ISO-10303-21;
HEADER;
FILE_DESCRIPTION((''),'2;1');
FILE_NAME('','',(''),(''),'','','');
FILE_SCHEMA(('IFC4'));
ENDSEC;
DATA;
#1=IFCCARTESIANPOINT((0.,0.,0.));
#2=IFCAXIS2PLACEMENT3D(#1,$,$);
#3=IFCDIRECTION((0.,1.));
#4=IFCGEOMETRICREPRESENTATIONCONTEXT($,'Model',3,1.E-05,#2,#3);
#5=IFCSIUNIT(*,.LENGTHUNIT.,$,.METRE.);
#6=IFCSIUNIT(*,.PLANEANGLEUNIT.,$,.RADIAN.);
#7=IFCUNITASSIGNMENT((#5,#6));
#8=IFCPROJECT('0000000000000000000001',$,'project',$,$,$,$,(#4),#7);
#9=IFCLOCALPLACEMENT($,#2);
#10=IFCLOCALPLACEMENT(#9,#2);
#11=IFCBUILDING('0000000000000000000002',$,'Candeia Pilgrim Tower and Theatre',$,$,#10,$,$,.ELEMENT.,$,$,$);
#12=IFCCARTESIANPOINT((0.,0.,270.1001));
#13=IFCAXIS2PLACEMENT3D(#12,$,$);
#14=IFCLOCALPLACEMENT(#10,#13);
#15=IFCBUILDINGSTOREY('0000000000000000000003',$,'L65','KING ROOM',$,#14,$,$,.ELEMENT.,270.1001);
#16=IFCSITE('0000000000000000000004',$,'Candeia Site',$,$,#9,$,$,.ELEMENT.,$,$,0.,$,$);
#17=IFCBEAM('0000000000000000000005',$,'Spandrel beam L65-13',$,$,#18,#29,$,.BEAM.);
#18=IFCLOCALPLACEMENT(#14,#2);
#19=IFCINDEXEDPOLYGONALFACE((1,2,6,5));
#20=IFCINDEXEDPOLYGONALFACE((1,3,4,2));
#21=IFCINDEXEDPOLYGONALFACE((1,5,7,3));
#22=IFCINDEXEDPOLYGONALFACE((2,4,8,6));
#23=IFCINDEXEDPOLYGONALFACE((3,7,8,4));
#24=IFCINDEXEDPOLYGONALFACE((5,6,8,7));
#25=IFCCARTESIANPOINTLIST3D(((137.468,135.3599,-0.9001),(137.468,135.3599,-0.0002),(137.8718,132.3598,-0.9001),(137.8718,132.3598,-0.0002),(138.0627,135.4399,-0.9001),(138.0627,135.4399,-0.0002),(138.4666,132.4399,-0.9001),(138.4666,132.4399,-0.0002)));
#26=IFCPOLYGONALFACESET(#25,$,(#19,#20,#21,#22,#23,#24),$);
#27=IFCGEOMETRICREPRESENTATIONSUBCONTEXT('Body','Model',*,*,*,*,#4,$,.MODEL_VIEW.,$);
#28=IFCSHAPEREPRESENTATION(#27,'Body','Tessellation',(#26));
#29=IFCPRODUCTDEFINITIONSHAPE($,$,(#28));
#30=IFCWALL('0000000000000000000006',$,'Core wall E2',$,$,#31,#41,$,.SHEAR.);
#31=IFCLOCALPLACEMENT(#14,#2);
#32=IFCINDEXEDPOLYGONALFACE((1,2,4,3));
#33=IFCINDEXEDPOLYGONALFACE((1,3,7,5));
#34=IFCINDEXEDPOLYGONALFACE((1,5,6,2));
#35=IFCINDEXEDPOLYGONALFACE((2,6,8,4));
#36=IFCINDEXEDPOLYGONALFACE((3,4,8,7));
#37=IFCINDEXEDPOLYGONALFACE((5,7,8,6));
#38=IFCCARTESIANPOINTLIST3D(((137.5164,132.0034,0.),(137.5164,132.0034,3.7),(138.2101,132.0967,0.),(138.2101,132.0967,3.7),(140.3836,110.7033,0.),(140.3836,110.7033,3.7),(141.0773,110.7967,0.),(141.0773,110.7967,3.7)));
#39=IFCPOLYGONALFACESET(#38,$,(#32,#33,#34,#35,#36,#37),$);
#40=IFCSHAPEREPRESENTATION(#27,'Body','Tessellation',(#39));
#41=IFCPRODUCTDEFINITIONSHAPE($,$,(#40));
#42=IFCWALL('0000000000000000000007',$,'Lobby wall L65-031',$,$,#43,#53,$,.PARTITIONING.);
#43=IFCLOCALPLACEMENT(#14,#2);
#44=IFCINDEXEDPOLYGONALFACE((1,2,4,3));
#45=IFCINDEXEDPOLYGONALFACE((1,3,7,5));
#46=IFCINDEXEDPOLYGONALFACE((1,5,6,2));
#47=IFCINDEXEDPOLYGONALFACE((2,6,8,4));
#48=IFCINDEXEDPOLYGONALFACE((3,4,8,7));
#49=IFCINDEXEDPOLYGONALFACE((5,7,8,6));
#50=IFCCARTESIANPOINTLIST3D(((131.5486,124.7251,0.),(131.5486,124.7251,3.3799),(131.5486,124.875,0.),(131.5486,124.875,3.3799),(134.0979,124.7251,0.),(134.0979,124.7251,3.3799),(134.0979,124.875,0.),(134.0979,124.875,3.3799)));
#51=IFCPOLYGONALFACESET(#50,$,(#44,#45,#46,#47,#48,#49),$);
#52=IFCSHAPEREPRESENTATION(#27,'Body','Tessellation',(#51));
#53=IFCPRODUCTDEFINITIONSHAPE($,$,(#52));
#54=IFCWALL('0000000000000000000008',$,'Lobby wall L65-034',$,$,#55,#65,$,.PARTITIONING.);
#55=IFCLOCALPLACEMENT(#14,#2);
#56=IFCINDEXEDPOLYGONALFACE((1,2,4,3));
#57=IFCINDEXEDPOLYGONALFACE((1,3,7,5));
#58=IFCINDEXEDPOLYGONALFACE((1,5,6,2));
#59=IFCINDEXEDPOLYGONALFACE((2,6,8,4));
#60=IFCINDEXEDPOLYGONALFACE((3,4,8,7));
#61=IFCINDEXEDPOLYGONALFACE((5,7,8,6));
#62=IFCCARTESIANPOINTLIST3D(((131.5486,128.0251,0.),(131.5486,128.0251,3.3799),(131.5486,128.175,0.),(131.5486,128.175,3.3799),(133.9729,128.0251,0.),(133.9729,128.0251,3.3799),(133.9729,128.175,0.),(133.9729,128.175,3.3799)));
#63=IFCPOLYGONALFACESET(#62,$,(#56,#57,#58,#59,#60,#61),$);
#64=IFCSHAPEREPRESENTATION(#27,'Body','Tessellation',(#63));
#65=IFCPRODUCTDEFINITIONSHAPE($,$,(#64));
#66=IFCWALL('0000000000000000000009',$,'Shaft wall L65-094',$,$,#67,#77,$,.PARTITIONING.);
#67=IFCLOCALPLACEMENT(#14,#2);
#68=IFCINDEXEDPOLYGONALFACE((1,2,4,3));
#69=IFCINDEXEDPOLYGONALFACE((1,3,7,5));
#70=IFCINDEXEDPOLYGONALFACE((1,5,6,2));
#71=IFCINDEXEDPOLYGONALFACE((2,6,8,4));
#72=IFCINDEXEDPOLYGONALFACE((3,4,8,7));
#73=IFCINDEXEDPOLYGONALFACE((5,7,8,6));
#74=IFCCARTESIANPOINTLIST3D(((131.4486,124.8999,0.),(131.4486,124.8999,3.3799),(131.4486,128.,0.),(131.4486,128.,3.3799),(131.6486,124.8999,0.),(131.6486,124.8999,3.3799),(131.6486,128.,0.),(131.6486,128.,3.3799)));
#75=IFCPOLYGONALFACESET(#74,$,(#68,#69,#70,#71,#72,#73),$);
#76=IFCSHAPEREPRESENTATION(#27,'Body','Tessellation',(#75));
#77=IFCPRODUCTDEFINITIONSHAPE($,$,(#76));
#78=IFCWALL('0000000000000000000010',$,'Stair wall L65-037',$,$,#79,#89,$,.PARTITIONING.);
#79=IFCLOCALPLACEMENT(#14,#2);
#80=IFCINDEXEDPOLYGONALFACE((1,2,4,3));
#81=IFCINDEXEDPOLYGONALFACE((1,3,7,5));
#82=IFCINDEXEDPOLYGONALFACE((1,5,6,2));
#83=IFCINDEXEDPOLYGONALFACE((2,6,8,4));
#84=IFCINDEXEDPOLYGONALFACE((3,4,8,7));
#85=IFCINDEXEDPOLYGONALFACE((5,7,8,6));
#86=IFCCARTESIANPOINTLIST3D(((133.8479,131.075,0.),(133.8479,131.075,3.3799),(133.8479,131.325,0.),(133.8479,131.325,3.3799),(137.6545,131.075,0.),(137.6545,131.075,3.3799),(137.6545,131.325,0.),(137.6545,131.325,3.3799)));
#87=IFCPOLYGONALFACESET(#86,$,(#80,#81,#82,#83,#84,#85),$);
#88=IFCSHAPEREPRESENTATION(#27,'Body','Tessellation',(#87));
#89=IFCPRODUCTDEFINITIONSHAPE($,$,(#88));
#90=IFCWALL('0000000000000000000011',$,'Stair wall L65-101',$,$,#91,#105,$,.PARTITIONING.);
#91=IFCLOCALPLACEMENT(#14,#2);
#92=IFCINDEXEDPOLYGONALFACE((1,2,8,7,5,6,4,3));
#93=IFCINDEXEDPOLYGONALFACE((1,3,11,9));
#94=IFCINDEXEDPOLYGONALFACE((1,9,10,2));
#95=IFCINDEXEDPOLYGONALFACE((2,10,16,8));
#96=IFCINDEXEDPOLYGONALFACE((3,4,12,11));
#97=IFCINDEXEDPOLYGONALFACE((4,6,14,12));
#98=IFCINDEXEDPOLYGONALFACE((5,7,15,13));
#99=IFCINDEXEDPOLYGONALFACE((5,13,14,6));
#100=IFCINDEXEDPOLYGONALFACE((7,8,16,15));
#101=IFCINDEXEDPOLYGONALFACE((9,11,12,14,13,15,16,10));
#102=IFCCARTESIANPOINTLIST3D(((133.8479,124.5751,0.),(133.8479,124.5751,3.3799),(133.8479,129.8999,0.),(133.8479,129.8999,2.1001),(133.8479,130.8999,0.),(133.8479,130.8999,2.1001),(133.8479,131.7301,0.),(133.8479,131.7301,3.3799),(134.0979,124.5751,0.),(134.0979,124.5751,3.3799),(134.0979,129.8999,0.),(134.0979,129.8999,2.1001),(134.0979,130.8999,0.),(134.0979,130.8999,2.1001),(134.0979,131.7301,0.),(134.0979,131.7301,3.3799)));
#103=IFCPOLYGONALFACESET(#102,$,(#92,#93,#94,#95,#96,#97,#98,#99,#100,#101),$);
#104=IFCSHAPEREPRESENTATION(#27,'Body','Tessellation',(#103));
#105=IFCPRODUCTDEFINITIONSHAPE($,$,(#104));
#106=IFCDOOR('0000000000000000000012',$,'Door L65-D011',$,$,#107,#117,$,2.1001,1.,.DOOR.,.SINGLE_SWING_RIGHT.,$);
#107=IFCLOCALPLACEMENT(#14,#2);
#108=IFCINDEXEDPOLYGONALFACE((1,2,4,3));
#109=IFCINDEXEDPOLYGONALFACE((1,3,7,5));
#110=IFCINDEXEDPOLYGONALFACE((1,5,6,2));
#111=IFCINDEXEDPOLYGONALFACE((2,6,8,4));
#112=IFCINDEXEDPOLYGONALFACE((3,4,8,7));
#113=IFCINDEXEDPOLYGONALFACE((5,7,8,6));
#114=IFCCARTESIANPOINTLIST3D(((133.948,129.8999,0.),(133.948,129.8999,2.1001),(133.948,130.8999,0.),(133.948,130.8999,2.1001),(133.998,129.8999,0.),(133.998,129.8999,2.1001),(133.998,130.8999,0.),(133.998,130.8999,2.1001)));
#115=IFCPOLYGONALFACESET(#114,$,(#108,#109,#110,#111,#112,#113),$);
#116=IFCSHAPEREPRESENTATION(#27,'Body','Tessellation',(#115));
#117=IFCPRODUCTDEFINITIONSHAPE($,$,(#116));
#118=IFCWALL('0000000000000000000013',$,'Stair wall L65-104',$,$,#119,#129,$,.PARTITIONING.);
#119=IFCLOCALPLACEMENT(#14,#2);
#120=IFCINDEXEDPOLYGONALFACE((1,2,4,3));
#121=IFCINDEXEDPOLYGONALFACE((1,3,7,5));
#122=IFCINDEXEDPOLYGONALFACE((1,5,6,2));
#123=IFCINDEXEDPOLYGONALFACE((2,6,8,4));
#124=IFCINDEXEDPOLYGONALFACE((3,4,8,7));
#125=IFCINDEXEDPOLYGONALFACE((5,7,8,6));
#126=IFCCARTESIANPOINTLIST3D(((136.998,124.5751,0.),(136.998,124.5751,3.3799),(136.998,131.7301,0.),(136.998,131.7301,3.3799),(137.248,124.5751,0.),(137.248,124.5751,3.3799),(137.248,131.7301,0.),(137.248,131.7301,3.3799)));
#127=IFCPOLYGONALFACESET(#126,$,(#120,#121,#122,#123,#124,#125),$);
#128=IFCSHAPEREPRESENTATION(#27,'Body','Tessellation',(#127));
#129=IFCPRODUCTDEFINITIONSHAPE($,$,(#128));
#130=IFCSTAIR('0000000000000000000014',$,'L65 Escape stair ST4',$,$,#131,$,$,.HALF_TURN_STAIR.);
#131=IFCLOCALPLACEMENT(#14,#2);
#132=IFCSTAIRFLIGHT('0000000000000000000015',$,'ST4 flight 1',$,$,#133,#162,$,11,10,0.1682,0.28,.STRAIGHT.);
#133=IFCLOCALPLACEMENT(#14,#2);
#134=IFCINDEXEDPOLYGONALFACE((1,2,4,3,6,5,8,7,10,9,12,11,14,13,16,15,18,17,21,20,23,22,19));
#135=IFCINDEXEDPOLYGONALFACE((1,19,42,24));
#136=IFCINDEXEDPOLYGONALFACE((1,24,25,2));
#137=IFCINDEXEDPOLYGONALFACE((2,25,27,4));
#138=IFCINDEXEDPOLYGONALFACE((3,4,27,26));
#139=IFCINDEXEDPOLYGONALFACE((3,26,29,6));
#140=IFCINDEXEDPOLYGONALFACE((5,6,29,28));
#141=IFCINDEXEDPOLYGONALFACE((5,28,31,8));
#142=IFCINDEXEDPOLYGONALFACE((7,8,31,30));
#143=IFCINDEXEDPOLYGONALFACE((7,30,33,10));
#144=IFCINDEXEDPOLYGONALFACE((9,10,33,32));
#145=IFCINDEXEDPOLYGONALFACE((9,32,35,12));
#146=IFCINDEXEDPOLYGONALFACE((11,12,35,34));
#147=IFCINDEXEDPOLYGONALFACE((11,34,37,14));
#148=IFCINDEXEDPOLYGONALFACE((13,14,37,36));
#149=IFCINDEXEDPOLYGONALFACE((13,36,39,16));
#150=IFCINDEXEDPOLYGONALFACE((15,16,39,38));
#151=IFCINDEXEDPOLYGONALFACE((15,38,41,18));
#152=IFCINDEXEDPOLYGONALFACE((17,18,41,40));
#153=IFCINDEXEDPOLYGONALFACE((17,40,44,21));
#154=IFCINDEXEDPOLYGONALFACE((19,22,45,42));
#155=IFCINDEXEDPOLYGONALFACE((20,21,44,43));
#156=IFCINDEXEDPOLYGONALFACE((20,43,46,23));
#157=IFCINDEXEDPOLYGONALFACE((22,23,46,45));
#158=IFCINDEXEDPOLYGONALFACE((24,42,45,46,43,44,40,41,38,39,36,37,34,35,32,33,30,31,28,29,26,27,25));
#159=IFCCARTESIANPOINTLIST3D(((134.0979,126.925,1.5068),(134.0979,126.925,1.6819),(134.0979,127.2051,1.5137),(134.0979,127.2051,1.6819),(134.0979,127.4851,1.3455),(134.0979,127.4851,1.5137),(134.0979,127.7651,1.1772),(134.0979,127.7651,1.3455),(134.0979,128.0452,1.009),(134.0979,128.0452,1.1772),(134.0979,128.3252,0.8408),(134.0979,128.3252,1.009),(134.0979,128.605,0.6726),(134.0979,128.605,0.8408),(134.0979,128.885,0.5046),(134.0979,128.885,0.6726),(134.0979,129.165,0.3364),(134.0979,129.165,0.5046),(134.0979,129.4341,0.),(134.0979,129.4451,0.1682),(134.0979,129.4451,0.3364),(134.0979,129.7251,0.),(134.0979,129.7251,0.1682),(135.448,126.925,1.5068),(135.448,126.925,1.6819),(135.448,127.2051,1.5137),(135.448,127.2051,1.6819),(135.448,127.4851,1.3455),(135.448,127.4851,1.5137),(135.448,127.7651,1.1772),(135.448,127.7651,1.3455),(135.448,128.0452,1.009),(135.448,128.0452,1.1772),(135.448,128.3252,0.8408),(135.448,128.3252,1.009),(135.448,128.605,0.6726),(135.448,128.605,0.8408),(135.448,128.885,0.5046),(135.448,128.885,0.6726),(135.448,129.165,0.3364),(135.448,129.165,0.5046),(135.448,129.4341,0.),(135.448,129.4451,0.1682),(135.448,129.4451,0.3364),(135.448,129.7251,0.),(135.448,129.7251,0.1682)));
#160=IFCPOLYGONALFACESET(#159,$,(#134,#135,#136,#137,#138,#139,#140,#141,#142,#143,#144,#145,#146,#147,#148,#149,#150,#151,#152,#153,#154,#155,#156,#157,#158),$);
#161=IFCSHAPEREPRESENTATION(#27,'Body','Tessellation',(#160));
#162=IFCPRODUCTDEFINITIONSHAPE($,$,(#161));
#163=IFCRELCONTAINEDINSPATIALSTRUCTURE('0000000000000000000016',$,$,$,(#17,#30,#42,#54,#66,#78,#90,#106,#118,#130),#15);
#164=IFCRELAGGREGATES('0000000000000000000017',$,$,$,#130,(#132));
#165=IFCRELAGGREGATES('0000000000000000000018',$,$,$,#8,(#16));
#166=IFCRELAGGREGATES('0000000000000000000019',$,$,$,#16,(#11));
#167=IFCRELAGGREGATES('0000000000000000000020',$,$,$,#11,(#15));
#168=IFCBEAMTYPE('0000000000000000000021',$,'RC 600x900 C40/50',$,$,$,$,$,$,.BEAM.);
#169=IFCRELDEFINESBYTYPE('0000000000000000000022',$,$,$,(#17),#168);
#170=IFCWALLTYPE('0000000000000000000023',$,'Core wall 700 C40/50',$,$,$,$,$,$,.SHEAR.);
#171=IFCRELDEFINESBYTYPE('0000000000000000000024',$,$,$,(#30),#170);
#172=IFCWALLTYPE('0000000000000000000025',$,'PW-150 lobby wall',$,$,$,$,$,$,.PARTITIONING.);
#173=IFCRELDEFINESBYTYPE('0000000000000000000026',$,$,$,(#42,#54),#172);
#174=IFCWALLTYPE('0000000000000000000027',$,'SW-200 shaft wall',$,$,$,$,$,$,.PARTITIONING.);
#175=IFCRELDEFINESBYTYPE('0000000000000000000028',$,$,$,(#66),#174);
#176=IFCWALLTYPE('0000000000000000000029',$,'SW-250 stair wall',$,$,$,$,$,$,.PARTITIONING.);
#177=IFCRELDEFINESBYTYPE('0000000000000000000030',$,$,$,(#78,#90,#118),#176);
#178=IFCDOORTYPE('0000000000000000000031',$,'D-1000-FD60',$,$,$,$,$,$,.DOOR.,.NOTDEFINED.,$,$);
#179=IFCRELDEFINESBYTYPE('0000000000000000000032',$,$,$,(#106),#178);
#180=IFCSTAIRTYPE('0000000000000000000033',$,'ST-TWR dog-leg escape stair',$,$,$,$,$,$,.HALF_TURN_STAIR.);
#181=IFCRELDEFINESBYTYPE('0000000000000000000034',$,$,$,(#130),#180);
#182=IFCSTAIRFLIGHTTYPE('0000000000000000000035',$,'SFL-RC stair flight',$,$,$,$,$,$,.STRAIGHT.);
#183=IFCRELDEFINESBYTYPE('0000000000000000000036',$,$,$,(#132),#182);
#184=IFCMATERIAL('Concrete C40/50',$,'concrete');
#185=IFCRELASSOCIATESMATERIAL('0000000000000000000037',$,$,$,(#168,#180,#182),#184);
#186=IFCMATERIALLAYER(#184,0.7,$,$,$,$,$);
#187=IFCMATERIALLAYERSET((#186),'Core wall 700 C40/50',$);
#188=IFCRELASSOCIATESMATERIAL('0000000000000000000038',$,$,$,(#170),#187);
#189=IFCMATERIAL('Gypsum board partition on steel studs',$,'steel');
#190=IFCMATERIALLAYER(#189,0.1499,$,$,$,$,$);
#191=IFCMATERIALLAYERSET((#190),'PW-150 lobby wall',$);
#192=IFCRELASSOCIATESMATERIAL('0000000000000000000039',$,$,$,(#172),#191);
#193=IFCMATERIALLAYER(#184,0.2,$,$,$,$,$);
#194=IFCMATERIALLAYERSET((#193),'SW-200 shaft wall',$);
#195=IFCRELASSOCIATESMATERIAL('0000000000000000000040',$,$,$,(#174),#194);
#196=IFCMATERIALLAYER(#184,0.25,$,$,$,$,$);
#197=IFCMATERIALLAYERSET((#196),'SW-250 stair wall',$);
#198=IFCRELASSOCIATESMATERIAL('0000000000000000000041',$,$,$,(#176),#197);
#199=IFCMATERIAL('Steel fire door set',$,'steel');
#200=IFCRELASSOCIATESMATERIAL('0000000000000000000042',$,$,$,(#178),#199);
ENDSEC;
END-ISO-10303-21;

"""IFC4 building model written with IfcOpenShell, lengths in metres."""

from ifc_helpers import new_model, si_unit, direction, frame, frame_2d, origin, origin_2d, place, context, subcontext, project, spatial, polyline, rectangle, outline, extrude, material, layer, layer_set, material_profile, profile_set, type_object, element, fill, aggregate, save


model = new_model("IFC4")

# Units and contexts
model_context = context("Model", 3, precision=1e-05, world=origin(), true_north=direction((0.0, 1.0)))
body_context = subcontext(model_context, "Body", "Model", "MODEL_VIEW")
ifc_project = project(units=[si_unit("LENGTHUNIT", "METRE"), si_unit("PLANEANGLEUNIT", "RADIAN")], contexts=[model_context])

# Site, building, storey
site_placement = place(None, origin())
site = spatial("IfcSite", under=ifc_project, at=site_placement, Name="Candeia Site", CompositionType="ELEMENT", RefElevation=0.0)
building_placement = place(site_placement, origin())
building = spatial("IfcBuilding", under=site, at=building_placement, Name="Candeia Pilgrim Tower and Theatre", CompositionType="ELEMENT")
storey_placement = place(building_placement, frame((0.0, 0.0, 270.1001)))
storey = spatial("IfcBuildingStorey", under=building, at=storey_placement, Name="L65", Description="KING ROOM", CompositionType="ELEMENT", Elevation=270.1001)

# Beam
ifc_material_1 = material(Name="Concrete C40/50", Category="concrete")
ifc_material_profile = material_profile(ifc_material_1, rectangle(XDim=0.6001, YDim=0.8999, at=origin_2d()))
ifc_profile_set = profile_set([ifc_material_profile], Name="Concrete C40/50")
beam_type = type_object("IfcBeamType", Name="RC 600x900 C40/50", PredefinedType="BEAM", material=ifc_profile_set)
beam_placement = place(storey_placement, frame((137.7654, 135.3999, -0.4502), z_axis=(0.1334, -0.991062, 0.0), x_axis=(0.991062, 0.1334, 0.0)))
element("IfcBeam", 1, at=beam_placement, inside=storey, type_object=beam_type, Name="Spandrel beam L65-13", PredefinedType="BEAM", context=body_context, shape_type="SweptSolid", body=[
    extrude(rectangle(XDim=0.6001, YDim=0.8999, at=origin_2d()), origin(), (0.0, 0.0, 1.0), 3.0271),
])

# Wall
ifc_layer_1 = layer(ifc_material_1, 0.7)
ifc_layer_set_1 = layer_set([ifc_layer_1], Name="Core wall 700 C40/50")
wall_type_1 = type_object("IfcWallType", Name="Core wall 700 C40/50", PredefinedType="SHEAR", material=ifc_layer_set_1)
wall_1_placement = place(storey_placement, frame((137.8633, 132.05, 0.0), z_axis=(0.0, 0.0, 1.0), x_axis=(0.133406, -0.991061, 0.0)))
element("IfcWall", 2, at=wall_1_placement, inside=storey, type_object=wall_type_1, Name="Core wall E2", PredefinedType="SHEAR", context=body_context, shape_type="SweptSolid", body=[
    extrude(rectangle(XDim=21.4922, YDim=0.7, at=frame_2d((10.7461, 0.0))), origin(), (0.0, 0.0, 1.0), 3.7),
])

# Walls
ifc_material_2 = material(Name="Gypsum board partition on steel studs", Category="steel")
ifc_layer_2 = layer(ifc_material_2, 0.1499)
ifc_layer_set_2 = layer_set([ifc_layer_2], Name="PW-150 lobby wall")
wall_type_2 = type_object("IfcWallType", Name="PW-150 lobby wall", PredefinedType="PARTITIONING", material=ifc_layer_set_2)
wall_2_placement = place(storey_placement, frame((131.5486, 124.8, 0.0), z_axis=(0.0, 0.0, 1.0), x_axis=(1.0, 0.0, 0.0)))
element("IfcWall", 3, at=wall_2_placement, inside=storey, type_object=wall_type_2, Name="Lobby wall L65-031", PredefinedType="PARTITIONING", context=body_context, shape_type="SweptSolid", body=[
    extrude(rectangle(XDim=2.5493, YDim=0.1499, at=frame_2d((1.2747, 0.0))), origin(), (0.0, 0.0, 1.0), 3.3799),
])
wall_3_placement = place(storey_placement, frame((131.5486, 128.1001, 0.0), z_axis=(0.0, 0.0, 1.0), x_axis=(1.0, 0.0, 0.0)))
element("IfcWall", 4, at=wall_3_placement, inside=storey, type_object=wall_type_2, Name="Lobby wall L65-034", PredefinedType="PARTITIONING", context=body_context, shape_type="SweptSolid", body=[
    extrude(rectangle(XDim=2.4243, YDim=0.1499, at=frame_2d((1.2122, 0.0))), origin(), (0.0, 0.0, 1.0), 3.3799),
])
ifc_layer_3 = layer(ifc_material_1, 0.2)
ifc_layer_set_3 = layer_set([ifc_layer_3], Name="SW-200 shaft wall")
wall_type_3 = type_object("IfcWallType", Name="SW-200 shaft wall", PredefinedType="PARTITIONING", material=ifc_layer_set_3)
wall_4_placement = place(storey_placement, frame((131.5486, 124.8999, 0.0), z_axis=(0.0, 0.0, 1.0), x_axis=(0.0, 1.0, 0.0)))
element("IfcWall", 5, at=wall_4_placement, inside=storey, type_object=wall_type_3, Name="Shaft wall L65-094", PredefinedType="PARTITIONING", context=body_context, shape_type="SweptSolid", body=[
    extrude(rectangle(XDim=3.1001, YDim=0.2, at=frame_2d((1.55, 0.0))), origin(), (0.0, 0.0, 1.0), 3.3799),
])
ifc_layer_4 = layer(ifc_material_1, 0.25)
ifc_layer_set_4 = layer_set([ifc_layer_4], Name="SW-250 stair wall")
wall_type_4 = type_object("IfcWallType", Name="SW-250 stair wall", PredefinedType="PARTITIONING", material=ifc_layer_set_4)
wall_5_placement = place(storey_placement, frame((133.8479, 131.2, 0.0), z_axis=(0.0, 0.0, 1.0), x_axis=(1.0, 0.0, 0.0)))
element("IfcWall", 6, at=wall_5_placement, inside=storey, type_object=wall_type_4, Name="Stair wall L65-037", PredefinedType="PARTITIONING", context=body_context, shape_type="SweptSolid", body=[
    extrude(rectangle(XDim=3.8066, YDim=0.25, at=frame_2d((1.9033, 0.0))), origin(), (0.0, 0.0, 1.0), 3.3799),
])

# Wall, opening, door
wall_6_placement = place(storey_placement, frame((133.9729, 124.575, 0.0), z_axis=(0.0, 0.0, 1.0), x_axis=(0.0, 1.0, 0.0)))
wall_6 = element("IfcWall", 7, at=wall_6_placement, inside=storey, type_object=wall_type_4, Name="Stair wall L65-101", PredefinedType="PARTITIONING", context=body_context, shape_type="SweptSolid", body=[
    extrude(rectangle(XDim=7.155, YDim=0.25, at=frame_2d((3.5776, 0.0))), origin(), (0.0, 0.0, 1.0), 3.3799),
])
opening_1_placement = place(wall_6_placement, frame((5.325, 0.0, 0.0)))
opening_1 = element("IfcOpeningElement", 8, at=opening_1_placement, cuts=wall_6, PredefinedType="OPENING", context=body_context, shape_type="SweptSolid", body=[
    extrude(rectangle(XDim=1.0, YDim=2.1001, at=frame_2d((0.5, 1.05))), frame((0.0, 0.135, 0.0), z_axis=(0.0, -1.0, 0.0), x_axis=(1.0, 0.0, 0.0)), (0.0, 0.0, 1.0), 0.27),
])
ifc_material_3 = material(Name="Steel fire door set", Category="steel")
door_type_1 = type_object("IfcDoorType", Name="D-1000-FD60", OperationType="NOTDEFINED", PredefinedType="DOOR", material=ifc_material_3)
door_1_placement = place(opening_1_placement, origin())
door_1 = element("IfcDoor", 9, at=door_1_placement, inside=storey, type_object=door_type_1, Name="Door L65-D011", OperationType="SINGLE_SWING_RIGHT", OverallHeight=2.1001, OverallWidth=1.0, PredefinedType="DOOR", context=body_context, shape_type="SweptSolid", body=[
    extrude(rectangle(XDim=1.0, YDim=2.1001, at=frame_2d((0.5, 1.05))), frame((0.0, 0.0249, 0.0), z_axis=(0.0, -1.0, 0.0), x_axis=(1.0, 0.0, 0.0)), (0.0, 0.0, 1.0), 0.05),
])
fill(opening_1, door_1)

# Wall
wall_7_placement = place(storey_placement, frame((137.123, 124.575, 0.0), z_axis=(0.0, 0.0, 1.0), x_axis=(0.0, 1.0, 0.0)))
element("IfcWall", 10, at=wall_7_placement, inside=storey, type_object=wall_type_4, Name="Stair wall L65-104", PredefinedType="PARTITIONING", context=body_context, shape_type="SweptSolid", body=[
    extrude(rectangle(XDim=7.155, YDim=0.25, at=frame_2d((3.5776, 0.0))), origin(), (0.0, 0.0, 1.0), 3.3799),
])

# Stair, stair flight
stair_type = type_object("IfcStairType", Name="ST-TWR dog-leg escape stair", PredefinedType="HALF_TURN_STAIR", material=ifc_material_1)
stair_placement = place(storey_placement, origin())
stair = element("IfcStair", 11, at=stair_placement, inside=storey, type_object=stair_type, Name="L65 Escape stair ST4", PredefinedType="HALF_TURN_STAIR")
stair_flight_type = type_object("IfcStairFlightType", Name="SFL-RC stair flight", PredefinedType="STRAIGHT", material=ifc_material_1)
stair_flight_1_placement = place(storey_placement, frame((134.7729, 129.7251, 0.0), z_axis=(0.0, 0.0, 1.0), x_axis=(0.0, -1.0, 0.0)))
stair_flight_1 = element("IfcStairFlight", 12, at=stair_flight_1_placement, type_object=stair_flight_type, Name="ST4 flight 1", NumberOfRisers=11, NumberOfTreads=10, PredefinedType="STRAIGHT", RiserHeight=0.1682, TreadLength=0.28, context=body_context, shape_type="SweptSolid", body=[
    extrude(outline(polyline([(0.0, 0.0), (0.0, 0.1682), (0.28, 0.1682), (0.28, 0.3364), (0.5601, 0.3364), (0.5601, 0.5046), (0.8401, 0.5046), (0.8401, 0.6726), (1.1201, 0.6726), (1.1201, 0.8408), (1.3999, 0.8408), (1.3999, 1.009), (1.6799, 1.009), (1.6799, 1.1772), (1.96, 1.1772), (1.96, 1.3455), (2.24, 1.3455), (2.24, 1.5137), (2.52, 1.5137), (2.52, 1.6819), (2.8, 1.6819), (2.8, 1.8501), (2.8, 1.5068), (0.291, 0.0), (0.0, 0.0)])), frame((0.0, 0.675, 0.0), z_axis=(0.0, -1.0, 0.0), x_axis=(1.0, 0.0, 0.0)), (0.0, 0.0, 1.0), 1.3501),
])
aggregate(stair, [stair_flight_1])

save(model, "model.ifc")
